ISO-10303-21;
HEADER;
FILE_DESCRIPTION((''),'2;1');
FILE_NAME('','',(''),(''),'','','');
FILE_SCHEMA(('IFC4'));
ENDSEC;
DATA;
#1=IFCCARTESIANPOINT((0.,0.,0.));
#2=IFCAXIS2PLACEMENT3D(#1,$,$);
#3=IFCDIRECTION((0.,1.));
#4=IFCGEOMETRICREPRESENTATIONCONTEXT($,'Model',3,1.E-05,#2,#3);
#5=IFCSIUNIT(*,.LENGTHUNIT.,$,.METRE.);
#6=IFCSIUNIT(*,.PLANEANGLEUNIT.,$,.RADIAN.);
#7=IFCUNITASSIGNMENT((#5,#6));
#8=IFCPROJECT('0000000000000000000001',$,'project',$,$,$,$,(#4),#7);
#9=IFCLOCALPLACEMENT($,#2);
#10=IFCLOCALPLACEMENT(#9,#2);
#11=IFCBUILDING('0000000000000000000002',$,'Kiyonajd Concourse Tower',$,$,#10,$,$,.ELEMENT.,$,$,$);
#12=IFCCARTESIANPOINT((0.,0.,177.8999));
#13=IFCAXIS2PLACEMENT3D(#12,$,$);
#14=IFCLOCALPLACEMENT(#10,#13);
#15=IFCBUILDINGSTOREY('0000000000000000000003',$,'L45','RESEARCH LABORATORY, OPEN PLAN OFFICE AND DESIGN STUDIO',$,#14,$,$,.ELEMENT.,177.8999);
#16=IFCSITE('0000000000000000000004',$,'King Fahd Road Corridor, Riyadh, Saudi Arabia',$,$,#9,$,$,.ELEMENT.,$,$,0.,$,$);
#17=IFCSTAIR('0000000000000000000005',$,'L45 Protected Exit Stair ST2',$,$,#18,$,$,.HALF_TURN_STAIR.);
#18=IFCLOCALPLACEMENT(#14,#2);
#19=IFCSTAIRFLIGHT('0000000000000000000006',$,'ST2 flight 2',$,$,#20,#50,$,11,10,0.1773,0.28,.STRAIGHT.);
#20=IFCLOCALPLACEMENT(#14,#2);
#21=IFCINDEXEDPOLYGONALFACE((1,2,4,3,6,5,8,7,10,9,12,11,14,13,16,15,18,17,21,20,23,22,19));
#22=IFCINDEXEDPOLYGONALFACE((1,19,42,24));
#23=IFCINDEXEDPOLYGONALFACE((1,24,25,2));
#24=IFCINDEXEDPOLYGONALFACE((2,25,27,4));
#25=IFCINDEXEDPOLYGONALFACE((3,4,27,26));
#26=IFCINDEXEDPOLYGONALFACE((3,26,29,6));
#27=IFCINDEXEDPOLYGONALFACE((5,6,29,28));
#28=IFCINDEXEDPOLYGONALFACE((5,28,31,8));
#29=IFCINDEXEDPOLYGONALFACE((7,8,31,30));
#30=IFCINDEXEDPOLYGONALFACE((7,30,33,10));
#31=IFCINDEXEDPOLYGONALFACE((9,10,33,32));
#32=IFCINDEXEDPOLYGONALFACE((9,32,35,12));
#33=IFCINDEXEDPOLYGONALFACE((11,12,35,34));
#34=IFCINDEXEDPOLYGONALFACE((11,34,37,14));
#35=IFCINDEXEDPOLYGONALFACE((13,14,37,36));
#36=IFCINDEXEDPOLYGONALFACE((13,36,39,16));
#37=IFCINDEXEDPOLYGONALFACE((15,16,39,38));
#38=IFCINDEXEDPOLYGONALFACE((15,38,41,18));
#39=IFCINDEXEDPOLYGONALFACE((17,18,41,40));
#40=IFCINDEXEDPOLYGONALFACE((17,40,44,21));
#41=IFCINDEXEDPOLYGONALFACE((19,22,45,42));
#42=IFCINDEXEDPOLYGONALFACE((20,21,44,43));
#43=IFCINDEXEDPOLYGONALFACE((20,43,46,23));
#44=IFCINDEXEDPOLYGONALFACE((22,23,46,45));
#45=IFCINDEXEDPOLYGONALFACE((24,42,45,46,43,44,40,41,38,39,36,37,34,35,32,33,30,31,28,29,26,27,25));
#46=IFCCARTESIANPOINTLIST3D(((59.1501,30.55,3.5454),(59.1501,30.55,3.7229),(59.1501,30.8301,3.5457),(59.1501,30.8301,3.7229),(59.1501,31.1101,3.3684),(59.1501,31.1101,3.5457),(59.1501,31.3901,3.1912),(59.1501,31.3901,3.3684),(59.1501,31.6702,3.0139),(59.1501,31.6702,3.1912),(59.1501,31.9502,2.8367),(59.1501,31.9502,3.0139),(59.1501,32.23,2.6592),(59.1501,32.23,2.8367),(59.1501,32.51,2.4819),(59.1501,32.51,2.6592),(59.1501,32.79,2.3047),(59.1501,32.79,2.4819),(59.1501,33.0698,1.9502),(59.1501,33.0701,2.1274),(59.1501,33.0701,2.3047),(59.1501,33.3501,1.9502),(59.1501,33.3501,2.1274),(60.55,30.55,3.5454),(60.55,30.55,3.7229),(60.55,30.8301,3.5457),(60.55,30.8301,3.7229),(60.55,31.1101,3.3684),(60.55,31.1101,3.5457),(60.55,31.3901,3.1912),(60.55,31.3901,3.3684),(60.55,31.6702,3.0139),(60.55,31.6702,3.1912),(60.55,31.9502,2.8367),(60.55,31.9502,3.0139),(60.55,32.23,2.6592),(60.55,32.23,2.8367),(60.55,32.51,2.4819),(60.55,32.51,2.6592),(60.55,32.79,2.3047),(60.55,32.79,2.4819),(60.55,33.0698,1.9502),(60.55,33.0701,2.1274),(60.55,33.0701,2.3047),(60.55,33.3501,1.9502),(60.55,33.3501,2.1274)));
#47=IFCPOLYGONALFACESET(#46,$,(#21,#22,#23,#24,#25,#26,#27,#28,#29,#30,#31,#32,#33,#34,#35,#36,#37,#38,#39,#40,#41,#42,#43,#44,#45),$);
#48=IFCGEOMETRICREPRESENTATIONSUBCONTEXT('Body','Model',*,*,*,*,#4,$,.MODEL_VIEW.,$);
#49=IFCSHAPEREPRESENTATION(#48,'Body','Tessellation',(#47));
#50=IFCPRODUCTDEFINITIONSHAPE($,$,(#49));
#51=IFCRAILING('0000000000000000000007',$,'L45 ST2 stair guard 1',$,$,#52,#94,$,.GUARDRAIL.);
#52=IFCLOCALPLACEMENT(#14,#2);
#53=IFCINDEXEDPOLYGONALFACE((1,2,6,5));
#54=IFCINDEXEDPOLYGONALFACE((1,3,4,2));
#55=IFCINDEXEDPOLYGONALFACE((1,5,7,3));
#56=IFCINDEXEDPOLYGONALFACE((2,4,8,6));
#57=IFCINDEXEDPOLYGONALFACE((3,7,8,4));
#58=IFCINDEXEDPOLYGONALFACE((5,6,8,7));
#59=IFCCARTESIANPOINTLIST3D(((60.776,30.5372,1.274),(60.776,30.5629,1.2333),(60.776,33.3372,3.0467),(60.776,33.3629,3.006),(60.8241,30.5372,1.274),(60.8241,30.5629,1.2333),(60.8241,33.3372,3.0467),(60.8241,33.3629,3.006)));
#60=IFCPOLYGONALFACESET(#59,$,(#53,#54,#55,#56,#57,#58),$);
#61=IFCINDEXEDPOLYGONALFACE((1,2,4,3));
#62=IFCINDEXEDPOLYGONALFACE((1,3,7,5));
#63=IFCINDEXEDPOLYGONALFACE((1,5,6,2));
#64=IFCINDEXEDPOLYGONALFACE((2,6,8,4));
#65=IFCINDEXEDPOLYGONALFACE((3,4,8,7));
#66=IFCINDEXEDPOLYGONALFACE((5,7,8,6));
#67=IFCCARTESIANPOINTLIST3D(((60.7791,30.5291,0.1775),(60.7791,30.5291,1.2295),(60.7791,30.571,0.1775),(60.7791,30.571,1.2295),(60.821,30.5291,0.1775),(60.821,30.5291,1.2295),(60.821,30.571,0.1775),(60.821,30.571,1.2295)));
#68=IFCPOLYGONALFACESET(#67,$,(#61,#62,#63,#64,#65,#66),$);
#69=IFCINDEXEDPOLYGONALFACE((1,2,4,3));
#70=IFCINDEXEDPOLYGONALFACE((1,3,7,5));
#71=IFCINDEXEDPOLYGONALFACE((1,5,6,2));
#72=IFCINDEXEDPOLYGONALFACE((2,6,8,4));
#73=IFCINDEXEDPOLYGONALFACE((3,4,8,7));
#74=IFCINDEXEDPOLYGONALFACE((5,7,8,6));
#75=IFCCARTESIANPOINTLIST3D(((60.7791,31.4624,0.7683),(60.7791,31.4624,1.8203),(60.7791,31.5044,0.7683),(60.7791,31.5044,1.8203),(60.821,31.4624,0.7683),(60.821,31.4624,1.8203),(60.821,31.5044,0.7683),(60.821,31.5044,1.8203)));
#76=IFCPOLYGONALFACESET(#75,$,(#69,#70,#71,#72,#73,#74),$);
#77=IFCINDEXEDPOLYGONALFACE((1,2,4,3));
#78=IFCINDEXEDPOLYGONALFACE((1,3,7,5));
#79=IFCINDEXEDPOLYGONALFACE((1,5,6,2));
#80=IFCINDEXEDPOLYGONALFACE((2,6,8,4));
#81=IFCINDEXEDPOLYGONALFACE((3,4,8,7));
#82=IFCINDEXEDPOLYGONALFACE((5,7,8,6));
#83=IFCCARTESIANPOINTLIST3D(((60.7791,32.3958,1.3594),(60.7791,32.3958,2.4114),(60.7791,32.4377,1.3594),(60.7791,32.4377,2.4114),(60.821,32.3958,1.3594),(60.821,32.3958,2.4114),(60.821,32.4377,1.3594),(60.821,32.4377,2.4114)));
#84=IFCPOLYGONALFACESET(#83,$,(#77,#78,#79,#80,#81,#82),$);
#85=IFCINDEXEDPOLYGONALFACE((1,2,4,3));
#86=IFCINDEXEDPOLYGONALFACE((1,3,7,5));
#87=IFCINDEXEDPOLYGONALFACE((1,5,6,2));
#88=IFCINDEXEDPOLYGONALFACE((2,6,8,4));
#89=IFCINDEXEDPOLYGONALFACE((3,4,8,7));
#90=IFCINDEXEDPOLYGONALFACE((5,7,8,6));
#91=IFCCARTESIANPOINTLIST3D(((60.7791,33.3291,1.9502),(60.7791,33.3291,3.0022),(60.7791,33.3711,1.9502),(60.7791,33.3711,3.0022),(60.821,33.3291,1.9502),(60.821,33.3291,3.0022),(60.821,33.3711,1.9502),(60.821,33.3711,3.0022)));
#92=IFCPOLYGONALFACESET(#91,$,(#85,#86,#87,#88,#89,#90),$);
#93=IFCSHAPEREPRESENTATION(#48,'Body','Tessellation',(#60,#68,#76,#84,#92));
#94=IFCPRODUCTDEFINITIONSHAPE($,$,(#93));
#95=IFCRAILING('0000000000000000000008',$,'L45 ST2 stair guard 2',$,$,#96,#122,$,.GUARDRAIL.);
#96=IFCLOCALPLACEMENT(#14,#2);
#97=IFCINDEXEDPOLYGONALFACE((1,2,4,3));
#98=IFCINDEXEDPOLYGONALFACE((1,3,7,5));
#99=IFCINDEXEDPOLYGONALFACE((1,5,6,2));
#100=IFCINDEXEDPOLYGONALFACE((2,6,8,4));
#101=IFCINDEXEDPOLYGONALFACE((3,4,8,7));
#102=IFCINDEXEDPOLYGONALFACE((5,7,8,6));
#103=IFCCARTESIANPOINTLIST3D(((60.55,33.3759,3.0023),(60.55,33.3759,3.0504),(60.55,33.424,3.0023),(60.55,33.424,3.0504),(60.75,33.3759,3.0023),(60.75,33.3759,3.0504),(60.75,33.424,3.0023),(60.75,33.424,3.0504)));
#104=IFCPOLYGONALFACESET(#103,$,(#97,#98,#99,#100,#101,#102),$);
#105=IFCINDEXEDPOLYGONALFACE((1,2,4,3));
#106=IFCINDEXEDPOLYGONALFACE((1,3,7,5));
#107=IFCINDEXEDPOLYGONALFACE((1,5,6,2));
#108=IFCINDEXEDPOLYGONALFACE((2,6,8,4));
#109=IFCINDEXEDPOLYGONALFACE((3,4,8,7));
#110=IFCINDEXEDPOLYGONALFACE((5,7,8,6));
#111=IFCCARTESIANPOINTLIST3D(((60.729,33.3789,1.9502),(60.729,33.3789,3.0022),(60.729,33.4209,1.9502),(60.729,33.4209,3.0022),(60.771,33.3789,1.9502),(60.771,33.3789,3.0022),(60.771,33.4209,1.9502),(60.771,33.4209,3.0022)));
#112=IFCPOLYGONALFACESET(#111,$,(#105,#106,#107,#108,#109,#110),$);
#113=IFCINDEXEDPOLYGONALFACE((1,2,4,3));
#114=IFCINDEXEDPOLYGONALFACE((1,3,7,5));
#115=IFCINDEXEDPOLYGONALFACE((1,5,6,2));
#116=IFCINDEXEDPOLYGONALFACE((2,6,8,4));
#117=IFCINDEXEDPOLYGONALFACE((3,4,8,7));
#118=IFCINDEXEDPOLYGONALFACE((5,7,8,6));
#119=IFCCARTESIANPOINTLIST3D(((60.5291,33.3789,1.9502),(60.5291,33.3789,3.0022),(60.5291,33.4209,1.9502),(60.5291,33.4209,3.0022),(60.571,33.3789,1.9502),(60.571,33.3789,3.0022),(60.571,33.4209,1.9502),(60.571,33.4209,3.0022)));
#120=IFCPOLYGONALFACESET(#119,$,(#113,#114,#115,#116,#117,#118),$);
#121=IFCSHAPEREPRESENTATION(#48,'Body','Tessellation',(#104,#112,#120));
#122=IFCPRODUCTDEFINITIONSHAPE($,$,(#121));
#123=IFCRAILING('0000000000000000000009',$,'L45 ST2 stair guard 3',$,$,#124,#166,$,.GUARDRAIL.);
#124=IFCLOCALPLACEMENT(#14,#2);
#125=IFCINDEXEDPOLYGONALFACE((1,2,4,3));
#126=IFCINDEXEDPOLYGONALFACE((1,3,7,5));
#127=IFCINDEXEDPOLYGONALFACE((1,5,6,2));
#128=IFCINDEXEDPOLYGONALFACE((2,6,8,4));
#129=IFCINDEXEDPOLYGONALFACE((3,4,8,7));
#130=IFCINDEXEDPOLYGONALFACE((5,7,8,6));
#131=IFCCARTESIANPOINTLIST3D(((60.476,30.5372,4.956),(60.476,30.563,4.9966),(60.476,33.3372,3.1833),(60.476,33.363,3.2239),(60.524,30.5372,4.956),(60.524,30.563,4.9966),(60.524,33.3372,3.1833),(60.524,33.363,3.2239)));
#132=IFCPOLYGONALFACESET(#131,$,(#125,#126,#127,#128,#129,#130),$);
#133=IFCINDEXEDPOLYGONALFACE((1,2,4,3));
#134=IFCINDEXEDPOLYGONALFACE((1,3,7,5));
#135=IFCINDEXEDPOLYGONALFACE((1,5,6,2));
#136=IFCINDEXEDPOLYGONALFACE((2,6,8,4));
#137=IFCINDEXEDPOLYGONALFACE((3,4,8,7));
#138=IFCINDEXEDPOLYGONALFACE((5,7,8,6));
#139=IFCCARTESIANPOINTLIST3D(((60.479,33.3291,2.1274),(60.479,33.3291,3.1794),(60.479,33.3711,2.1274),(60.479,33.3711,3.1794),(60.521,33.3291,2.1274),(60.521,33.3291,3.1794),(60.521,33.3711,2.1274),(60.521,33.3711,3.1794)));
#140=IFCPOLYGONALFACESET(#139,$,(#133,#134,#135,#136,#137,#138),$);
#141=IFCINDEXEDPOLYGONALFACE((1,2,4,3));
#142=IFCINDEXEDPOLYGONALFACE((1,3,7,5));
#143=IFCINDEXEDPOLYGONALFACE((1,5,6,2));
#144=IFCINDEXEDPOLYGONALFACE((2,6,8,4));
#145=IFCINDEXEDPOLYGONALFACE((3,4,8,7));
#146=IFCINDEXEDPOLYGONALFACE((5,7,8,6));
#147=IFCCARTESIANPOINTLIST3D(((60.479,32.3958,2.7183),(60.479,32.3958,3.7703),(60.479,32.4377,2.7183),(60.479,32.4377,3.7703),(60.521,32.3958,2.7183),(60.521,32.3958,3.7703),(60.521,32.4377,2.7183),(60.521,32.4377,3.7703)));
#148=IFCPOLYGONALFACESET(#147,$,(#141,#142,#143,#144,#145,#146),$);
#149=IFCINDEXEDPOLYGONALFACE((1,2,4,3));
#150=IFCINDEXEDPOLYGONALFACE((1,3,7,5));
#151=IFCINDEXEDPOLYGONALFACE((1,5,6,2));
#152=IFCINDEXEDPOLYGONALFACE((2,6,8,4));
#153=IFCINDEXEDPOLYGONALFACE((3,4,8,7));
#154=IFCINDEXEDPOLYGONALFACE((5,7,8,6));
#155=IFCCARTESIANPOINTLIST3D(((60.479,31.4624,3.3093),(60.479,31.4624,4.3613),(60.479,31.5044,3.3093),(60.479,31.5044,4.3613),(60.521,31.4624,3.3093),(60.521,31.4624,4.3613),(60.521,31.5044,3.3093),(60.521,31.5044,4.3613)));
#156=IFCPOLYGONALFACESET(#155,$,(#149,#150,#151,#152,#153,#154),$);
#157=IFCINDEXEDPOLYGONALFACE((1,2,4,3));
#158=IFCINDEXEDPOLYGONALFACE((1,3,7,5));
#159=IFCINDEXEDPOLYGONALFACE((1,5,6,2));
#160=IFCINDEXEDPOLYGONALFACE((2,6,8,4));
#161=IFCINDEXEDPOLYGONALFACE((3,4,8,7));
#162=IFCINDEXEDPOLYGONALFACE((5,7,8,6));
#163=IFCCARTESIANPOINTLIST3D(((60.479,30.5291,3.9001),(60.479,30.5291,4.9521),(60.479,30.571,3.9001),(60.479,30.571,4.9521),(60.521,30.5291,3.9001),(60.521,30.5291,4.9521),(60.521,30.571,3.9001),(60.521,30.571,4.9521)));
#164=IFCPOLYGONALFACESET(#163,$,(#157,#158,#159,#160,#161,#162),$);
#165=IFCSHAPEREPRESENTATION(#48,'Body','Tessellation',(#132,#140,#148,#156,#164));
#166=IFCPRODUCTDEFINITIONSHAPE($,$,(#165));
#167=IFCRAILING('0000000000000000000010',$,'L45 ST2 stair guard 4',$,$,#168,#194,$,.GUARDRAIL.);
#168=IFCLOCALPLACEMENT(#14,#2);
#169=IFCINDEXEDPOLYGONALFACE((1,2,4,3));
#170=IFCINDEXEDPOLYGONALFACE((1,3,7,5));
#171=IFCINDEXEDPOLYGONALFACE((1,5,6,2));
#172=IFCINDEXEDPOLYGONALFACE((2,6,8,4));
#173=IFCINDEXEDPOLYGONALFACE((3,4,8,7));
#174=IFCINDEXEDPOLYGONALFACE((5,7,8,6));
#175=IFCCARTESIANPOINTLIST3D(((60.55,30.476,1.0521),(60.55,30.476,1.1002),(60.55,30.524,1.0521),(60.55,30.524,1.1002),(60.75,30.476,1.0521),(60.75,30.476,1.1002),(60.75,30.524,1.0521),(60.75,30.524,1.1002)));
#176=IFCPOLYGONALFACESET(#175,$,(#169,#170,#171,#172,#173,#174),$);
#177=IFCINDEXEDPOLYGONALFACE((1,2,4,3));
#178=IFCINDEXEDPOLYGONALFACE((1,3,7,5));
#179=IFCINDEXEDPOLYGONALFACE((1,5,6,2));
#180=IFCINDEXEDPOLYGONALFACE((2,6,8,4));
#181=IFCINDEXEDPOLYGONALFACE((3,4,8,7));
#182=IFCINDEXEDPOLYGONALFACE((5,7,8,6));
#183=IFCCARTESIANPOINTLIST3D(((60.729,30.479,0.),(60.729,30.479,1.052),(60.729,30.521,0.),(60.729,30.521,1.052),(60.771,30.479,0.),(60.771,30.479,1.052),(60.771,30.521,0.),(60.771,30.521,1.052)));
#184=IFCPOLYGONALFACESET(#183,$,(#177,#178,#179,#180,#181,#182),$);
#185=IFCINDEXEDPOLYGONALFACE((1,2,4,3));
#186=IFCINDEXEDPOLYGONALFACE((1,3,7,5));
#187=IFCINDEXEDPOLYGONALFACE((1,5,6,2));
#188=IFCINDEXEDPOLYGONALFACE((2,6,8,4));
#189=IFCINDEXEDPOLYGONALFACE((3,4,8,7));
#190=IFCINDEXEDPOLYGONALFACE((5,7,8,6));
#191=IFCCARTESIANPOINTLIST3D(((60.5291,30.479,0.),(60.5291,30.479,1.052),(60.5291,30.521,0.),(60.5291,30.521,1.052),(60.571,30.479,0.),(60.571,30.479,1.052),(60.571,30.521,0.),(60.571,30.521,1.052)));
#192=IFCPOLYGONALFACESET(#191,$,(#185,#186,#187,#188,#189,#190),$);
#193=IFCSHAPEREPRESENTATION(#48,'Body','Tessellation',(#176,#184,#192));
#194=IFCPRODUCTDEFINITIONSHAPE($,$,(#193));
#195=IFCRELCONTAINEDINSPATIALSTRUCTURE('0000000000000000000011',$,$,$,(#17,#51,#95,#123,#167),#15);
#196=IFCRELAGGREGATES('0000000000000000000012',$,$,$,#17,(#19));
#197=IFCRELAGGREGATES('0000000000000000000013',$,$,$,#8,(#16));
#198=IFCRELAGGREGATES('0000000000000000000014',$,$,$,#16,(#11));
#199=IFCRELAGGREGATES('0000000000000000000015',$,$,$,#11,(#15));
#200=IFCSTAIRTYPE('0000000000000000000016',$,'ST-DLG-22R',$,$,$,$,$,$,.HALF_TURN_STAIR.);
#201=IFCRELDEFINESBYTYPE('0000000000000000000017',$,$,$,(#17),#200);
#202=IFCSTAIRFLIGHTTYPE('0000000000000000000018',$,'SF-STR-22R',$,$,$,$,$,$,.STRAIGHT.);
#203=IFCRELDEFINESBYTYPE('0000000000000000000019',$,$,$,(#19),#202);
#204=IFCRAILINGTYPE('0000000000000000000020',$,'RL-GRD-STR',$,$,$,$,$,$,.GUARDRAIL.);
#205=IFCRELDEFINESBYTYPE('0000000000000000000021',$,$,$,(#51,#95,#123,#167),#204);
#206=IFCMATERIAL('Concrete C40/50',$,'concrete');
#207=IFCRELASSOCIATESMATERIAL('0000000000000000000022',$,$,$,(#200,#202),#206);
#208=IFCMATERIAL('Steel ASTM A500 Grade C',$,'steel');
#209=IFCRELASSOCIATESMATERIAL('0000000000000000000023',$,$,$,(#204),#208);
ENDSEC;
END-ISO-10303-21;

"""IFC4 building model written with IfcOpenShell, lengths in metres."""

from ifc_helpers import new_model, si_unit, direction, frame, origin, origin_2d, place, context, subcontext, project, spatial, polyline, rectangle, outline, extrude, material, type_object, element, aggregate, save


model = new_model("IFC4")

# Units and contexts
model_context = context("Model", 3, precision=1e-05, world=origin(), true_north=direction((0.0, 1.0)))
body_context = subcontext(model_context, "Body", "Model", "MODEL_VIEW")
ifc_project = project(units=[si_unit("LENGTHUNIT", "METRE"), si_unit("PLANEANGLEUNIT", "RADIAN")], contexts=[model_context])

# Site, building, storey
site_placement = place(None, origin())
site = spatial("IfcSite", under=ifc_project, at=site_placement, Name="King Fahd Road Corridor, Riyadh, Saudi Arabia", CompositionType="ELEMENT", RefElevation=0.0)
building_placement = place(site_placement, origin())
building = spatial("IfcBuilding", under=site, at=building_placement, Name="Kiyonajd Concourse Tower", CompositionType="ELEMENT")
storey_placement = place(building_placement, frame((0.0, 0.0, 177.8999)))
storey = spatial("IfcBuildingStorey", under=building, at=storey_placement, Name="L45", Description="RESEARCH LABORATORY, OPEN PLAN OFFICE AND DESIGN STUDIO", CompositionType="ELEMENT", Elevation=177.8999)

# Stair, stair flight
ifc_material_1 = material(Name="Concrete C40/50", Category="concrete")
stair_type = type_object("IfcStairType", Name="ST-DLG-22R", PredefinedType="HALF_TURN_STAIR", material=ifc_material_1)
stair_placement = place(storey_placement, origin())
stair = element("IfcStair", 1, at=stair_placement, inside=storey, type_object=stair_type, Name="L45 Protected Exit Stair ST2", PredefinedType="HALF_TURN_STAIR")
stair_flight_type = type_object("IfcStairFlightType", Name="SF-STR-22R", PredefinedType="STRAIGHT", material=ifc_material_1)
stair_flight_1_placement = place(storey_placement, frame((59.8501, 33.3501, 1.9502), z_axis=(0.0, 0.0, 1.0), x_axis=(0.0, -1.0, 0.0)))
stair_flight_1 = element("IfcStairFlight", 2, at=stair_flight_1_placement, type_object=stair_flight_type, Name="ST2 flight 2", NumberOfRisers=11, NumberOfTreads=10, PredefinedType="STRAIGHT", RiserHeight=0.1773, TreadLength=0.28, context=body_context, shape_type="SweptSolid", body=[
    extrude(outline(polyline([(0.0, 0.0), (0.0, 0.1772), (0.28, 0.1772), (0.28, 0.3545), (0.5601, 0.3545), (0.5601, 0.5317), (0.8401, 0.5317), (0.8401, 0.709), (1.1201, 0.709), (1.1201, 0.8865), (1.3999, 0.8865), (1.3999, 1.0637), (1.6799, 1.0637), (1.6799, 1.241), (1.96, 1.241), (1.96, 1.4182), (2.24, 1.4182), (2.24, 1.5955), (2.52, 1.5955), (2.52, 1.7727), (2.8, 1.7727), (2.8, 1.95), (2.8, 1.5952), (0.2803, 0.0), (0.0, 0.0)])), frame((0.0, 0.7, 0.0), z_axis=(0.0, -1.0, 0.0), x_axis=(1.0, 0.0, 0.0)), (0.0, 0.0, 1.0), 1.3999),
])
aggregate(stair, [stair_flight_1])

# Railings
ifc_material_2 = material(Name="Steel ASTM A500 Grade C", Category="steel")
railing_type_1 = type_object("IfcRailingType", Name="RL-GRD-STR", PredefinedType="GUARDRAIL", material=ifc_material_2)
railing_1_placement = place(storey_placement, frame((60.8, 30.55, 0.1775)))
element("IfcRailing", 3, at=railing_1_placement, inside=storey, type_object=railing_type_1, Name="L45 ST2 stair guard 1", PredefinedType="GUARDRAIL", context=body_context, shape_type="SweptSolid", body=[
    extrude(rectangle(XDim=0.0481, YDim=0.0481, at=origin_2d()), frame((0.0, 0.0, 1.0762), z_axis=(0.0, 0.844909, 0.53491), x_axis=(-1.0, 0.0, 0.0)), (0.0, 0.0, 1.0), 3.314),
    extrude(rectangle(XDim=0.042, YDim=0.042, at=origin_2d()), origin(), (0.0, 0.0, 1.0), 1.052),
    extrude(rectangle(XDim=0.042, YDim=0.042, at=origin_2d()), frame((0.0, 0.9333, 0.5908)), (0.0, 0.0, 1.0), 1.052),
    extrude(rectangle(XDim=0.042, YDim=0.042, at=origin_2d()), frame((0.0, 1.8667, 1.1819)), (0.0, 0.0, 1.0), 1.052),
    extrude(rectangle(XDim=0.042, YDim=0.042, at=origin_2d()), frame((0.0, 2.8, 1.7727)), (0.0, 0.0, 1.0), 1.052),
])
railing_2_placement = place(storey_placement, frame((60.75, 33.3999, 1.9502)))
element("IfcRailing", 4, at=railing_2_placement, inside=storey, type_object=railing_type_1, Name="L45 ST2 stair guard 2", PredefinedType="GUARDRAIL", context=body_context, shape_type="SweptSolid", body=[
    extrude(rectangle(XDim=0.0481, YDim=0.0481, at=origin_2d()), frame((0.0, 0.0, 1.0762), z_axis=(-1.0, 0.0, 0.0), x_axis=(0.0, -1.0, 0.0)), (0.0, 0.0, 1.0), 0.2),
    extrude(rectangle(XDim=0.042, YDim=0.042, at=origin_2d()), origin(), (0.0, 0.0, 1.0), 1.052),
    extrude(rectangle(XDim=0.042, YDim=0.042, at=origin_2d()), frame((-0.2, 0.0, 0.0)), (0.0, 0.0, 1.0), 1.052),
])
railing_3_placement = place(storey_placement, frame((60.5, 33.3501, 2.1274)))
element("IfcRailing", 5, at=railing_3_placement, inside=storey, type_object=railing_type_1, Name="L45 ST2 stair guard 3", PredefinedType="GUARDRAIL", context=body_context, shape_type="SweptSolid", body=[
    extrude(rectangle(XDim=0.0481, YDim=0.0481, at=origin_2d()), frame((0.0, 0.0, 1.0762), z_axis=(0.0, -0.844909, 0.53491), x_axis=(1.0, 0.0, 0.0)), (0.0, 0.0, 1.0), 3.314),
    extrude(rectangle(XDim=0.042, YDim=0.042, at=origin_2d()), origin(), (0.0, 0.0, 1.0), 1.052),
    extrude(rectangle(XDim=0.042, YDim=0.042, at=origin_2d()), frame((0.0, -0.9333, 0.5908)), (0.0, 0.0, 1.0), 1.052),
    extrude(rectangle(XDim=0.042, YDim=0.042, at=origin_2d()), frame((0.0, -1.8667, 1.1819)), (0.0, 0.0, 1.0), 1.052),
    extrude(rectangle(XDim=0.042, YDim=0.042, at=origin_2d()), frame((0.0, -2.8, 1.7727)), (0.0, 0.0, 1.0), 1.052),
])
railing_4_placement = place(storey_placement, frame((60.75, 30.5, 0.0)))
element("IfcRailing", 6, at=railing_4_placement, inside=storey, type_object=railing_type_1, Name="L45 ST2 stair guard 4", PredefinedType="GUARDRAIL", context=body_context, shape_type="SweptSolid", body=[
    extrude(rectangle(XDim=0.0481, YDim=0.0481, at=origin_2d()), frame((0.0, 0.0, 1.0762), z_axis=(-1.0, 0.0, 0.0), x_axis=(0.0, -1.0, 0.0)), (0.0, 0.0, 1.0), 0.2),
    extrude(rectangle(XDim=0.042, YDim=0.042, at=origin_2d()), origin(), (0.0, 0.0, 1.0), 1.052),
    extrude(rectangle(XDim=0.042, YDim=0.042, at=origin_2d()), frame((-0.2, 0.0, 0.0)), (0.0, 0.0, 1.0), 1.052),
])

save(model, "model.ifc")
